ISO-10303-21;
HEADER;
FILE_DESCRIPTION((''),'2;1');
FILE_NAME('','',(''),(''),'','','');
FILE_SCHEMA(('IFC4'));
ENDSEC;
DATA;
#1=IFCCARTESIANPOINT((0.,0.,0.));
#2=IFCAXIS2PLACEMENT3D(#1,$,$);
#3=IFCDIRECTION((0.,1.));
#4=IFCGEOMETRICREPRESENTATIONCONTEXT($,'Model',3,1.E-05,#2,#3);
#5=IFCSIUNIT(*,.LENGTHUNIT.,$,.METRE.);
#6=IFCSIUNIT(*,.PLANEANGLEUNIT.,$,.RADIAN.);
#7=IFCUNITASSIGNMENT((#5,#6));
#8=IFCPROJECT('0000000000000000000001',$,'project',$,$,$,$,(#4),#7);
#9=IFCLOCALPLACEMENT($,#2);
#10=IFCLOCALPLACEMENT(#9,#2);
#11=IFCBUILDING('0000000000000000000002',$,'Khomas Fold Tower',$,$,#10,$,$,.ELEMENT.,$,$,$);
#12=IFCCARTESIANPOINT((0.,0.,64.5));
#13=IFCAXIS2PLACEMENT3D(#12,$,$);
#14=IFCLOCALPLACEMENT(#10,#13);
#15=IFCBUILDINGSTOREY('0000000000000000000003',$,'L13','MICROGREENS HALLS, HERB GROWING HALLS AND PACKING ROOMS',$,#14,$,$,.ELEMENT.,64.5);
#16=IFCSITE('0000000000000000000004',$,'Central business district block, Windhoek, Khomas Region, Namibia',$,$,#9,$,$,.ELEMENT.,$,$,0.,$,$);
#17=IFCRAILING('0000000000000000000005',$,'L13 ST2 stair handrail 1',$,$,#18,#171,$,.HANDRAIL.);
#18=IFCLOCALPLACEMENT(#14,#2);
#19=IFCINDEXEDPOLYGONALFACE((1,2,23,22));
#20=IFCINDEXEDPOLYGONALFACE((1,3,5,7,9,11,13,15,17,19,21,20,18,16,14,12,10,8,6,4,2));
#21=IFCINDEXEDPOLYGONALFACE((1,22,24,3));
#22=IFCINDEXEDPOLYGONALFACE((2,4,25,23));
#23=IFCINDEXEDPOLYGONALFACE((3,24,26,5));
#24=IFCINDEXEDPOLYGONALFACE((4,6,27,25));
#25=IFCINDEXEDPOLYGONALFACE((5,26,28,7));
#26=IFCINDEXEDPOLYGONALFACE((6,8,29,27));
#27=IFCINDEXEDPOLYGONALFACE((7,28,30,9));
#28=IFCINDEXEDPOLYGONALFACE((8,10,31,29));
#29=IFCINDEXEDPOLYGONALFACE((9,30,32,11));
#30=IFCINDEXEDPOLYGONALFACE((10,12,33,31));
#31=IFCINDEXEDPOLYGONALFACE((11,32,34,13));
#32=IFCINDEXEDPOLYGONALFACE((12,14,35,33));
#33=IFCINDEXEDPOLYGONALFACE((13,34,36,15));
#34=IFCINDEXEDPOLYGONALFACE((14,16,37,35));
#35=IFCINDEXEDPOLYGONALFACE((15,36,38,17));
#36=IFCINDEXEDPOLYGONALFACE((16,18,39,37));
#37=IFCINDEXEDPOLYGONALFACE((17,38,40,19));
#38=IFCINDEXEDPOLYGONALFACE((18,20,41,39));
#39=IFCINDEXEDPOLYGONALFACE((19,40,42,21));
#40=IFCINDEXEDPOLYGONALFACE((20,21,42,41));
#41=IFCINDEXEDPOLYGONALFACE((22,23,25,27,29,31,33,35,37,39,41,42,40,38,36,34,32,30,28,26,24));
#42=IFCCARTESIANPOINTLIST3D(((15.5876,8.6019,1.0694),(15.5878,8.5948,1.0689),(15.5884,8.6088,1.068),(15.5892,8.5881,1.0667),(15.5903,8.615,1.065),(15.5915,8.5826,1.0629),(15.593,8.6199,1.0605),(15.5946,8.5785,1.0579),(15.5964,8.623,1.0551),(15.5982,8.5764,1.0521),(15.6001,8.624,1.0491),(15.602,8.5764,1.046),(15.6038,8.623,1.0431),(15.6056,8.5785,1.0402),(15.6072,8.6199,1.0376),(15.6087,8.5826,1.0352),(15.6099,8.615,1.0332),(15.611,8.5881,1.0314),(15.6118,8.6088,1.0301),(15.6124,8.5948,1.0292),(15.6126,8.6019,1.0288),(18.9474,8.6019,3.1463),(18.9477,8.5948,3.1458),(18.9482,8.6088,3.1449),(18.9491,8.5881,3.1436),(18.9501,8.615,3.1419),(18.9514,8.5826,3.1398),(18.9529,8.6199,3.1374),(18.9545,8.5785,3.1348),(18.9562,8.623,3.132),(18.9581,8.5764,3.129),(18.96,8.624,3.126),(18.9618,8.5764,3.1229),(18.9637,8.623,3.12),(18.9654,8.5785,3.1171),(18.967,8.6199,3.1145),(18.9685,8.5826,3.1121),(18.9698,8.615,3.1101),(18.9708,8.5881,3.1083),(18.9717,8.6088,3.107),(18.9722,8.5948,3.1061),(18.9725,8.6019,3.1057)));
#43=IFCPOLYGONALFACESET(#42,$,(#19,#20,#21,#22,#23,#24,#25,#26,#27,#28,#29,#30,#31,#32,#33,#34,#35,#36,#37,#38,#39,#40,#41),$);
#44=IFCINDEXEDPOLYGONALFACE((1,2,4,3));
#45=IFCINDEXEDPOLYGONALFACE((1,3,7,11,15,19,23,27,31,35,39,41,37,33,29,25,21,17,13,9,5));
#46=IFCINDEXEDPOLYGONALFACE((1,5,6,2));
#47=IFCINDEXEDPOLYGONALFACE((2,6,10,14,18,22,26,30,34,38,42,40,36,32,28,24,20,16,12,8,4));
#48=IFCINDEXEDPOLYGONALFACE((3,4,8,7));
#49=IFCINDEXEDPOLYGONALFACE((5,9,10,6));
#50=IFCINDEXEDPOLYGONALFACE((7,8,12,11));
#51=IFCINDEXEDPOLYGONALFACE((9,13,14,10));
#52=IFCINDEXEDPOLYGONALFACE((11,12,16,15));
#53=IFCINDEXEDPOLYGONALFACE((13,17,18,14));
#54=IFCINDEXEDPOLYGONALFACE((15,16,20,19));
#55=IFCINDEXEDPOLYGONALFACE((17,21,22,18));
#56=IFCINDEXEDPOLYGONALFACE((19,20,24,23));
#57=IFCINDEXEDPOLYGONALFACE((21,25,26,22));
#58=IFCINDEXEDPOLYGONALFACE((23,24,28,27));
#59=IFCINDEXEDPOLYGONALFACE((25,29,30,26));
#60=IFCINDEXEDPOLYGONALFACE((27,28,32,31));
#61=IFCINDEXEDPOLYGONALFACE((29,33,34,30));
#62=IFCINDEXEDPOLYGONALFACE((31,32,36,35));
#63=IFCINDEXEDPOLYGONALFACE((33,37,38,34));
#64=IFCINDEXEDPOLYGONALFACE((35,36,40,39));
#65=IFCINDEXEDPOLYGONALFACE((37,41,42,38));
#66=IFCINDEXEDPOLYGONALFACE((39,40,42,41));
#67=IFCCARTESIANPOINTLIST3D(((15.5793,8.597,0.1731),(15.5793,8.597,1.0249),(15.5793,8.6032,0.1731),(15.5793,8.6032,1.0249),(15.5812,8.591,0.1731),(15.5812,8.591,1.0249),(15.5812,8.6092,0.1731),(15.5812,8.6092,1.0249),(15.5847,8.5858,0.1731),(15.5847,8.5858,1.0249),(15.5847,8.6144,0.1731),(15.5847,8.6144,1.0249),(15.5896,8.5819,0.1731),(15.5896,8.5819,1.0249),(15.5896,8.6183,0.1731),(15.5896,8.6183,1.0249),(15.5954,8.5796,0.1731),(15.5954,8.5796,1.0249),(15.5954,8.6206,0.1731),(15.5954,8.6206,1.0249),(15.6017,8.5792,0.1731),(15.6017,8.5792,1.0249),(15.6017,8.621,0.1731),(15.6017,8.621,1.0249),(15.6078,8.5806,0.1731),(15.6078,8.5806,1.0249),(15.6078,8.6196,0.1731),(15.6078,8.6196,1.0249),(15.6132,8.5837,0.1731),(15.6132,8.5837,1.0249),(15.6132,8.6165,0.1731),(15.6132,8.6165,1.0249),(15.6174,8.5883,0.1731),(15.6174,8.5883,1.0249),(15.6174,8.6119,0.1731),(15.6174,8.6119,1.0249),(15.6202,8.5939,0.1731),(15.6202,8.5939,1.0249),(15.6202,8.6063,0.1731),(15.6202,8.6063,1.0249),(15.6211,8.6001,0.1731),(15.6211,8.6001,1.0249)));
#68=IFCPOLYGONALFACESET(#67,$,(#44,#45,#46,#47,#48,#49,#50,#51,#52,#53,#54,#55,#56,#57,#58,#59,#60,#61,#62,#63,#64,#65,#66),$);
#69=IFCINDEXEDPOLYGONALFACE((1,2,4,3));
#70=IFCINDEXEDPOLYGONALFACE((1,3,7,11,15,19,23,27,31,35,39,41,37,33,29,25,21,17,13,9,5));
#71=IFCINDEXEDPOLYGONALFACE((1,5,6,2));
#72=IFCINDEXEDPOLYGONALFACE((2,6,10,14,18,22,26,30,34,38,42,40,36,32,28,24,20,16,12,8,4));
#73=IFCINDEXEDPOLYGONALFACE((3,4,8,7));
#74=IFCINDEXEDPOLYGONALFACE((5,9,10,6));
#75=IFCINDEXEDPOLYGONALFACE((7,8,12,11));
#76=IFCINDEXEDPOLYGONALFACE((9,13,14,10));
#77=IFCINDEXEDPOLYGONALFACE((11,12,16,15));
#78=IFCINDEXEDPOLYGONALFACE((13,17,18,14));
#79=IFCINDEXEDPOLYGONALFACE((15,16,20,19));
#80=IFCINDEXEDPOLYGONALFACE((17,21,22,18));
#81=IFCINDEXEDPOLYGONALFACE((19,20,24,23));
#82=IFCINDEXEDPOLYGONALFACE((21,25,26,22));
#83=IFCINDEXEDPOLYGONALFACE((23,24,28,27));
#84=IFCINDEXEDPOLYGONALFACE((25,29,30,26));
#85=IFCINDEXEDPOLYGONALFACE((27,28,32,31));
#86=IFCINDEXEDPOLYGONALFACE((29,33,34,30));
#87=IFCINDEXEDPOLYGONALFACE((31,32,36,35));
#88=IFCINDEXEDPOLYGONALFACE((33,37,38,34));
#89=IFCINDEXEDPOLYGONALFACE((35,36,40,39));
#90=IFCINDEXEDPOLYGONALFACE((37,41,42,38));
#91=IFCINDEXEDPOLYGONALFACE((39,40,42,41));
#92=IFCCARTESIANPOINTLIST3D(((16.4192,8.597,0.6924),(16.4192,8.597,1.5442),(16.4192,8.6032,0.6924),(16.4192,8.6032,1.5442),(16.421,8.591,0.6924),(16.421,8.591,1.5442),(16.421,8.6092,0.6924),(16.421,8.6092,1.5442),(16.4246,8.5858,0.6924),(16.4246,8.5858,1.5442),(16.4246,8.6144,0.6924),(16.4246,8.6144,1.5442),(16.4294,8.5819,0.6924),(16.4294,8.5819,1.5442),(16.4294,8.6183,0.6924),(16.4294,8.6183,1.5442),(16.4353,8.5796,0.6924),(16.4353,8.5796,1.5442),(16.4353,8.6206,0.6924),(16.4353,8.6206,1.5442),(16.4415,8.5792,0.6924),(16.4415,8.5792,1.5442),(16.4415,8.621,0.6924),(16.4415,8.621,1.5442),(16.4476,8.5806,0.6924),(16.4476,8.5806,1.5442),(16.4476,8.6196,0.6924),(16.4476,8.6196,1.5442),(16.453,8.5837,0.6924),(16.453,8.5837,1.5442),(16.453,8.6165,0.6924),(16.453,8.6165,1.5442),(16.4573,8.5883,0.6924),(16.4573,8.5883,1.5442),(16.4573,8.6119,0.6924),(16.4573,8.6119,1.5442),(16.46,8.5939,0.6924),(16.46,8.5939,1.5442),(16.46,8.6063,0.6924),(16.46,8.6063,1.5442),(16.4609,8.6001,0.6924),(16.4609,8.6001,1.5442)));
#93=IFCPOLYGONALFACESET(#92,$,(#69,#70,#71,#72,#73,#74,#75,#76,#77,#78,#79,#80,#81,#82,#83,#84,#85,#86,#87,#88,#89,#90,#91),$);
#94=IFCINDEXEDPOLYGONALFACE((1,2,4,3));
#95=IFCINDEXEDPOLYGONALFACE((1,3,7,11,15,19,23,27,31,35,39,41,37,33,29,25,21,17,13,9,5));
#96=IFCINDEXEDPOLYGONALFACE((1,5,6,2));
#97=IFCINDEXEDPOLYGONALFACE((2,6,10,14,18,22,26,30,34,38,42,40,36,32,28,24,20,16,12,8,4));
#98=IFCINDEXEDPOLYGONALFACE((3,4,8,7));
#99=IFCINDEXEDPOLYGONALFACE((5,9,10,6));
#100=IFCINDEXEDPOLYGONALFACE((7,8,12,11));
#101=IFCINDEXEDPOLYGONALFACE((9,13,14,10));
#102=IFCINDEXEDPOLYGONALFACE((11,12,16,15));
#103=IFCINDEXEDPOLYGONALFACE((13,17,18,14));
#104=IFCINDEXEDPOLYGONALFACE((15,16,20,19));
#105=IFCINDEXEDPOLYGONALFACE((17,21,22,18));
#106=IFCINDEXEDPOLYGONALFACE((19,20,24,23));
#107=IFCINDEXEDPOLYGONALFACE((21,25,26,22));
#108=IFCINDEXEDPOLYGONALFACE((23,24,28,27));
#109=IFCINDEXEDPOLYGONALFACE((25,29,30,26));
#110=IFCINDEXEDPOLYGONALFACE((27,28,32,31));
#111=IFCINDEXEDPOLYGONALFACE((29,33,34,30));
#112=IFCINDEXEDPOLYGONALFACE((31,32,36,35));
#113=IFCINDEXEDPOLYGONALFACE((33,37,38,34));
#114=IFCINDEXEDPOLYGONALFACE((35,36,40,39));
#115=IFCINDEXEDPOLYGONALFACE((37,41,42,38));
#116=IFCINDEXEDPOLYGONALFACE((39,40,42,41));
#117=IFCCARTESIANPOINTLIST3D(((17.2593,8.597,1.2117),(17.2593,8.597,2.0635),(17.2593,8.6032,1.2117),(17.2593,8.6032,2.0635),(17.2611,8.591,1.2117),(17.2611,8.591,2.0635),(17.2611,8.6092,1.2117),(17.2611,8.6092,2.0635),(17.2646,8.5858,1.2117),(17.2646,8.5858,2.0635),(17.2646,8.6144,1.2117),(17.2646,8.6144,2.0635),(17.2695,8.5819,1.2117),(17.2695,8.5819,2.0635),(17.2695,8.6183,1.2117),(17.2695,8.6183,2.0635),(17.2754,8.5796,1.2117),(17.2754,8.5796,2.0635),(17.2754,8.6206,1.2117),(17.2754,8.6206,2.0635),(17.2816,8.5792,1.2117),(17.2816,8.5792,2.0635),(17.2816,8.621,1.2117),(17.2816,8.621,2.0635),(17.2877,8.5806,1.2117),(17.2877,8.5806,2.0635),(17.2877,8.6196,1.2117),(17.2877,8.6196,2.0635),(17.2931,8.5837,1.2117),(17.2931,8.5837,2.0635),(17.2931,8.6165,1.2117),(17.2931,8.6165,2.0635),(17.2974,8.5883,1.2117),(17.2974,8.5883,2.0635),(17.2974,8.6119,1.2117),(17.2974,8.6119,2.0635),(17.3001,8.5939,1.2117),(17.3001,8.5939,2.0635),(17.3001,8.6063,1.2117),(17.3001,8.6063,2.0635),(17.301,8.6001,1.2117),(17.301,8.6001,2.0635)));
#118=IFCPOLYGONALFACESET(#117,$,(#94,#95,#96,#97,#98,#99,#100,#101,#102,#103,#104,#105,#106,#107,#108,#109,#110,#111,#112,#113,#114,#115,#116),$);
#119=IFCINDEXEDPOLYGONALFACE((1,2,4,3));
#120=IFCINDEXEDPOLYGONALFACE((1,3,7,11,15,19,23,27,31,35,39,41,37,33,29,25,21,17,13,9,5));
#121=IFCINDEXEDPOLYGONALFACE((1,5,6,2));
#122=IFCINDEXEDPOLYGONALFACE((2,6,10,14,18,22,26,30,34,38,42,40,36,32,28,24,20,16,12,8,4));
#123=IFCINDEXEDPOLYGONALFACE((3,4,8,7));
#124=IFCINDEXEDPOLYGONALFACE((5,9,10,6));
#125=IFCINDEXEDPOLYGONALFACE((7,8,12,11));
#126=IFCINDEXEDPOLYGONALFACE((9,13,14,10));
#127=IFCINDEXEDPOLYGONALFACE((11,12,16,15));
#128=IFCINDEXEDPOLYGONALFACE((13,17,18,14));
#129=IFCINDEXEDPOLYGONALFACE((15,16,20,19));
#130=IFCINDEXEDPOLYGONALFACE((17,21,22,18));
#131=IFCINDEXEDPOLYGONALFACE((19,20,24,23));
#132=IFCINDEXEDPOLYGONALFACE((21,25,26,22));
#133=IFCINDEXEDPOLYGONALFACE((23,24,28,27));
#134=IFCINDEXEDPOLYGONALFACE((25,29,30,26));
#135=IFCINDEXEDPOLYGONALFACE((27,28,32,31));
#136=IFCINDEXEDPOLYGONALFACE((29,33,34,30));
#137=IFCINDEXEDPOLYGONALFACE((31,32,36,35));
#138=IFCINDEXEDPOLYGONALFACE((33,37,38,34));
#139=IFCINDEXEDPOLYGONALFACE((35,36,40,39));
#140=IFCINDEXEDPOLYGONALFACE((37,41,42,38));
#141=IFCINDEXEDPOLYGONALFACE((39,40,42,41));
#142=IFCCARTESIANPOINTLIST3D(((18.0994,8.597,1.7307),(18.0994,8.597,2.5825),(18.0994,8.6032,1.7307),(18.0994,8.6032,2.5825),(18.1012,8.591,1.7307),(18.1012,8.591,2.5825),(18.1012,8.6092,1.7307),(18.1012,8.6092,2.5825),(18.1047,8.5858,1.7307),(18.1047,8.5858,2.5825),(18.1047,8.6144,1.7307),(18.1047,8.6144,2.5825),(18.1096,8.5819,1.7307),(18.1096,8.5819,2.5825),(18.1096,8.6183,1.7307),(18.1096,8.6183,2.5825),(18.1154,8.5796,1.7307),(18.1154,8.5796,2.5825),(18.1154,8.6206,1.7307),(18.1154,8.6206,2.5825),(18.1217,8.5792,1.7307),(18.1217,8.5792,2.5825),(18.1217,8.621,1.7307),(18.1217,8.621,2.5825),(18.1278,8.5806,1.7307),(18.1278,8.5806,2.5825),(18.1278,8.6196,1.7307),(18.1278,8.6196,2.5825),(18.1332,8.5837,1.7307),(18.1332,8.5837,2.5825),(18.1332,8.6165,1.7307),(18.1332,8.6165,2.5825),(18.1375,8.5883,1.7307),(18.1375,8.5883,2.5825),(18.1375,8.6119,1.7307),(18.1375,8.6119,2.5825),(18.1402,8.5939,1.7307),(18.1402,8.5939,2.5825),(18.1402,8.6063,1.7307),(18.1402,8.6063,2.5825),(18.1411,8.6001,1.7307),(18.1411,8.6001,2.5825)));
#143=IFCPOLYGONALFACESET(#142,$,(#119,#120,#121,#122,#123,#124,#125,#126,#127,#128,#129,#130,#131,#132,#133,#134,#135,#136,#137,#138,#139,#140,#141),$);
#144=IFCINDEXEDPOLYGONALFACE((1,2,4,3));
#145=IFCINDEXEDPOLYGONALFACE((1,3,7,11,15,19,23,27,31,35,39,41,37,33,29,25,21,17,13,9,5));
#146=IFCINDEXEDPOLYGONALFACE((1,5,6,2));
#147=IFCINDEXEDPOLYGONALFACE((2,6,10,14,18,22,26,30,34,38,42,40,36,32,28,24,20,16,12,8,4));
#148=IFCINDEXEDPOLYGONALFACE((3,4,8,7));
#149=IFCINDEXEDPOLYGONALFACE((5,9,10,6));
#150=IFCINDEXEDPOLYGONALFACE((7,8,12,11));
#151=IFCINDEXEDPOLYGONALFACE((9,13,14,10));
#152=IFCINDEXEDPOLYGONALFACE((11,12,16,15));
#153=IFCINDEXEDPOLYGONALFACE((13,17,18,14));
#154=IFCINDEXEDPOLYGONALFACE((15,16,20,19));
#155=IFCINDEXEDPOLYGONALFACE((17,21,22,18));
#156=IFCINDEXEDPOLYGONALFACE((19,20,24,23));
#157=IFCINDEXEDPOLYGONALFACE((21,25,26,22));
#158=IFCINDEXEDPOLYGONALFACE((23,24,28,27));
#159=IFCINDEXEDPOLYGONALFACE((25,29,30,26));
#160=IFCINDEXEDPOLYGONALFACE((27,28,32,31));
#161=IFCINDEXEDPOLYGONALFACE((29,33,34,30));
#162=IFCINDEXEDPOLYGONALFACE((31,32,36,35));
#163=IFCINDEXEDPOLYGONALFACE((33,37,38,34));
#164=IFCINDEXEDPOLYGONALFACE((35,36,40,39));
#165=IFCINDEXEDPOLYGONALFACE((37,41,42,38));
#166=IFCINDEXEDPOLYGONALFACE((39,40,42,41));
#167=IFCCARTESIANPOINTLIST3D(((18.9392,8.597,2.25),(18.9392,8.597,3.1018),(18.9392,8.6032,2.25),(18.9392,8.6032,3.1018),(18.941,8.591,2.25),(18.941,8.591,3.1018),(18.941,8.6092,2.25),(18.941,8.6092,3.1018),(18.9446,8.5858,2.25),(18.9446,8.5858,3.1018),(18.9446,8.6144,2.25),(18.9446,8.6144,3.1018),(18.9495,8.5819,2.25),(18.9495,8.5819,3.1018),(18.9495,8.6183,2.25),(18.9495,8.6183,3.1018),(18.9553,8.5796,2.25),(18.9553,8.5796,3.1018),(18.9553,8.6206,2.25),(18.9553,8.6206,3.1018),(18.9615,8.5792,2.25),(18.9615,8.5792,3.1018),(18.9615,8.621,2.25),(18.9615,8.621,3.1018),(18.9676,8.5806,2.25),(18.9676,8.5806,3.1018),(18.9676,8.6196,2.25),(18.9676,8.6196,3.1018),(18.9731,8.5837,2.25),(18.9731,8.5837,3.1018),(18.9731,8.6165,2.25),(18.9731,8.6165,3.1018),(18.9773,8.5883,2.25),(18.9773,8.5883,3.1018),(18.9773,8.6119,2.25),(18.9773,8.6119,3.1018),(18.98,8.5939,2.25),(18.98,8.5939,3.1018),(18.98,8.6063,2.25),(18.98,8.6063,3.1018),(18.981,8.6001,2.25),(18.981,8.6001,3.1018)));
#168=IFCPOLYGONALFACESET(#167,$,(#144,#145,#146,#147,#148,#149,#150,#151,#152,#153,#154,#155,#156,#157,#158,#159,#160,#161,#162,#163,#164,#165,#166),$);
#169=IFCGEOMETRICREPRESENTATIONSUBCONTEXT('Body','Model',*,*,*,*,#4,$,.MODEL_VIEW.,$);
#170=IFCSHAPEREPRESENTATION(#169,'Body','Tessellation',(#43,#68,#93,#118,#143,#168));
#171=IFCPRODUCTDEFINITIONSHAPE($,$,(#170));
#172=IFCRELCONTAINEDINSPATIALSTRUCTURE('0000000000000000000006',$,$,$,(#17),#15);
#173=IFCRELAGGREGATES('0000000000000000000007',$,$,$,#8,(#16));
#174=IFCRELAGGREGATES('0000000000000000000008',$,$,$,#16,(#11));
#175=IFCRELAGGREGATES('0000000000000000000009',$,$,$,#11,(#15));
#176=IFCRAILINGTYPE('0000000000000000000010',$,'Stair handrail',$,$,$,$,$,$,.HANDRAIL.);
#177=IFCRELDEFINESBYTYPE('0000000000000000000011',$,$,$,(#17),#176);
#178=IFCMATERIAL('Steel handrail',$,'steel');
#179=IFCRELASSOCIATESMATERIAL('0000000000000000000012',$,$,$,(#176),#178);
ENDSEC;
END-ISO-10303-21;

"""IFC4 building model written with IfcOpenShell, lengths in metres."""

from ifc_helpers import new_model, si_unit, direction, frame, origin, origin_2d, place, context, subcontext, project, spatial, circle, extrude, source, transform, mapped, material, type_object, element, save


model = new_model("IFC4")

# Units and contexts
model_context = context("Model", 3, precision=1e-05, world=origin(), true_north=direction((0.0, 1.0)))
body_context = subcontext(model_context, "Body", "Model", "MODEL_VIEW")
ifc_project = project(units=[si_unit("LENGTHUNIT", "METRE"), si_unit("PLANEANGLEUNIT", "RADIAN")], contexts=[model_context])

# Site, building, storey
site_placement = place(None, origin())
site = spatial("IfcSite", under=ifc_project, at=site_placement, Name="Central business district block, Windhoek, Khomas Region, Namibia", CompositionType="ELEMENT", RefElevation=0.0)
building_placement = place(site_placement, origin())
building = spatial("IfcBuilding", under=site, at=building_placement, Name="Khomas Fold Tower", CompositionType="ELEMENT")
storey_placement = place(building_placement, frame((0.0, 0.0, 64.5)))
storey = spatial("IfcBuildingStorey", under=building, at=storey_placement, Name="L13", Description="MICROGREENS HALLS, HERB GROWING HALLS AND PACKING ROOMS", CompositionType="ELEMENT", Elevation=64.5)

# Railing
ifc_material_1 = material(Name="Steel handrail", Category="steel")
railing_type_1 = type_object("IfcRailingType", Name="Stair handrail", PredefinedType="HANDRAIL", material=ifc_material_1)
shared_shape_1 = source(origin(), body_context, "Body", "SweptSolid", [
    extrude(circle(Radius=0.0239, at=origin_2d()), frame((0.0, 0.0, 0.876), z_axis=(0.850606, 0.0, 0.525803), x_axis=(0.0, 1.0, 0.0)), (0.0, 0.0, 1.0), 3.95),
    extrude(circle(Radius=0.021, at=origin_2d()), origin(), (0.0, 0.0, 1.0), 0.8518),
    extrude(circle(Radius=0.021, at=origin_2d()), frame((0.8398, 0.0, 0.5193)), (0.0, 0.0, 1.0), 0.8518),
    extrude(circle(Radius=0.021, at=origin_2d()), frame((1.6799, 0.0, 1.0386)), (0.0, 0.0, 1.0), 0.8518),
    extrude(circle(Radius=0.021, at=origin_2d()), frame((2.52, 0.0, 1.5576)), (0.0, 0.0, 1.0), 0.8518),
    extrude(circle(Radius=0.021, at=origin_2d()), frame((3.3599, 0.0, 2.0769)), (0.0, 0.0, 1.0), 0.8518),
])
railing_1_placement = place(storey_placement, frame((15.6001, 8.6001, 0.1731)))
element("IfcRailing", 1, at=railing_1_placement, inside=storey, type_object=railing_type_1, Name="L13 ST2 stair handrail 1", PredefinedType="HANDRAIL", context=body_context, shape_type="MappedRepresentation", body=[
    mapped(shared_shape_1, transform((0.0, 0.0, 0.0))),
])

save(model, "model.ifc")
